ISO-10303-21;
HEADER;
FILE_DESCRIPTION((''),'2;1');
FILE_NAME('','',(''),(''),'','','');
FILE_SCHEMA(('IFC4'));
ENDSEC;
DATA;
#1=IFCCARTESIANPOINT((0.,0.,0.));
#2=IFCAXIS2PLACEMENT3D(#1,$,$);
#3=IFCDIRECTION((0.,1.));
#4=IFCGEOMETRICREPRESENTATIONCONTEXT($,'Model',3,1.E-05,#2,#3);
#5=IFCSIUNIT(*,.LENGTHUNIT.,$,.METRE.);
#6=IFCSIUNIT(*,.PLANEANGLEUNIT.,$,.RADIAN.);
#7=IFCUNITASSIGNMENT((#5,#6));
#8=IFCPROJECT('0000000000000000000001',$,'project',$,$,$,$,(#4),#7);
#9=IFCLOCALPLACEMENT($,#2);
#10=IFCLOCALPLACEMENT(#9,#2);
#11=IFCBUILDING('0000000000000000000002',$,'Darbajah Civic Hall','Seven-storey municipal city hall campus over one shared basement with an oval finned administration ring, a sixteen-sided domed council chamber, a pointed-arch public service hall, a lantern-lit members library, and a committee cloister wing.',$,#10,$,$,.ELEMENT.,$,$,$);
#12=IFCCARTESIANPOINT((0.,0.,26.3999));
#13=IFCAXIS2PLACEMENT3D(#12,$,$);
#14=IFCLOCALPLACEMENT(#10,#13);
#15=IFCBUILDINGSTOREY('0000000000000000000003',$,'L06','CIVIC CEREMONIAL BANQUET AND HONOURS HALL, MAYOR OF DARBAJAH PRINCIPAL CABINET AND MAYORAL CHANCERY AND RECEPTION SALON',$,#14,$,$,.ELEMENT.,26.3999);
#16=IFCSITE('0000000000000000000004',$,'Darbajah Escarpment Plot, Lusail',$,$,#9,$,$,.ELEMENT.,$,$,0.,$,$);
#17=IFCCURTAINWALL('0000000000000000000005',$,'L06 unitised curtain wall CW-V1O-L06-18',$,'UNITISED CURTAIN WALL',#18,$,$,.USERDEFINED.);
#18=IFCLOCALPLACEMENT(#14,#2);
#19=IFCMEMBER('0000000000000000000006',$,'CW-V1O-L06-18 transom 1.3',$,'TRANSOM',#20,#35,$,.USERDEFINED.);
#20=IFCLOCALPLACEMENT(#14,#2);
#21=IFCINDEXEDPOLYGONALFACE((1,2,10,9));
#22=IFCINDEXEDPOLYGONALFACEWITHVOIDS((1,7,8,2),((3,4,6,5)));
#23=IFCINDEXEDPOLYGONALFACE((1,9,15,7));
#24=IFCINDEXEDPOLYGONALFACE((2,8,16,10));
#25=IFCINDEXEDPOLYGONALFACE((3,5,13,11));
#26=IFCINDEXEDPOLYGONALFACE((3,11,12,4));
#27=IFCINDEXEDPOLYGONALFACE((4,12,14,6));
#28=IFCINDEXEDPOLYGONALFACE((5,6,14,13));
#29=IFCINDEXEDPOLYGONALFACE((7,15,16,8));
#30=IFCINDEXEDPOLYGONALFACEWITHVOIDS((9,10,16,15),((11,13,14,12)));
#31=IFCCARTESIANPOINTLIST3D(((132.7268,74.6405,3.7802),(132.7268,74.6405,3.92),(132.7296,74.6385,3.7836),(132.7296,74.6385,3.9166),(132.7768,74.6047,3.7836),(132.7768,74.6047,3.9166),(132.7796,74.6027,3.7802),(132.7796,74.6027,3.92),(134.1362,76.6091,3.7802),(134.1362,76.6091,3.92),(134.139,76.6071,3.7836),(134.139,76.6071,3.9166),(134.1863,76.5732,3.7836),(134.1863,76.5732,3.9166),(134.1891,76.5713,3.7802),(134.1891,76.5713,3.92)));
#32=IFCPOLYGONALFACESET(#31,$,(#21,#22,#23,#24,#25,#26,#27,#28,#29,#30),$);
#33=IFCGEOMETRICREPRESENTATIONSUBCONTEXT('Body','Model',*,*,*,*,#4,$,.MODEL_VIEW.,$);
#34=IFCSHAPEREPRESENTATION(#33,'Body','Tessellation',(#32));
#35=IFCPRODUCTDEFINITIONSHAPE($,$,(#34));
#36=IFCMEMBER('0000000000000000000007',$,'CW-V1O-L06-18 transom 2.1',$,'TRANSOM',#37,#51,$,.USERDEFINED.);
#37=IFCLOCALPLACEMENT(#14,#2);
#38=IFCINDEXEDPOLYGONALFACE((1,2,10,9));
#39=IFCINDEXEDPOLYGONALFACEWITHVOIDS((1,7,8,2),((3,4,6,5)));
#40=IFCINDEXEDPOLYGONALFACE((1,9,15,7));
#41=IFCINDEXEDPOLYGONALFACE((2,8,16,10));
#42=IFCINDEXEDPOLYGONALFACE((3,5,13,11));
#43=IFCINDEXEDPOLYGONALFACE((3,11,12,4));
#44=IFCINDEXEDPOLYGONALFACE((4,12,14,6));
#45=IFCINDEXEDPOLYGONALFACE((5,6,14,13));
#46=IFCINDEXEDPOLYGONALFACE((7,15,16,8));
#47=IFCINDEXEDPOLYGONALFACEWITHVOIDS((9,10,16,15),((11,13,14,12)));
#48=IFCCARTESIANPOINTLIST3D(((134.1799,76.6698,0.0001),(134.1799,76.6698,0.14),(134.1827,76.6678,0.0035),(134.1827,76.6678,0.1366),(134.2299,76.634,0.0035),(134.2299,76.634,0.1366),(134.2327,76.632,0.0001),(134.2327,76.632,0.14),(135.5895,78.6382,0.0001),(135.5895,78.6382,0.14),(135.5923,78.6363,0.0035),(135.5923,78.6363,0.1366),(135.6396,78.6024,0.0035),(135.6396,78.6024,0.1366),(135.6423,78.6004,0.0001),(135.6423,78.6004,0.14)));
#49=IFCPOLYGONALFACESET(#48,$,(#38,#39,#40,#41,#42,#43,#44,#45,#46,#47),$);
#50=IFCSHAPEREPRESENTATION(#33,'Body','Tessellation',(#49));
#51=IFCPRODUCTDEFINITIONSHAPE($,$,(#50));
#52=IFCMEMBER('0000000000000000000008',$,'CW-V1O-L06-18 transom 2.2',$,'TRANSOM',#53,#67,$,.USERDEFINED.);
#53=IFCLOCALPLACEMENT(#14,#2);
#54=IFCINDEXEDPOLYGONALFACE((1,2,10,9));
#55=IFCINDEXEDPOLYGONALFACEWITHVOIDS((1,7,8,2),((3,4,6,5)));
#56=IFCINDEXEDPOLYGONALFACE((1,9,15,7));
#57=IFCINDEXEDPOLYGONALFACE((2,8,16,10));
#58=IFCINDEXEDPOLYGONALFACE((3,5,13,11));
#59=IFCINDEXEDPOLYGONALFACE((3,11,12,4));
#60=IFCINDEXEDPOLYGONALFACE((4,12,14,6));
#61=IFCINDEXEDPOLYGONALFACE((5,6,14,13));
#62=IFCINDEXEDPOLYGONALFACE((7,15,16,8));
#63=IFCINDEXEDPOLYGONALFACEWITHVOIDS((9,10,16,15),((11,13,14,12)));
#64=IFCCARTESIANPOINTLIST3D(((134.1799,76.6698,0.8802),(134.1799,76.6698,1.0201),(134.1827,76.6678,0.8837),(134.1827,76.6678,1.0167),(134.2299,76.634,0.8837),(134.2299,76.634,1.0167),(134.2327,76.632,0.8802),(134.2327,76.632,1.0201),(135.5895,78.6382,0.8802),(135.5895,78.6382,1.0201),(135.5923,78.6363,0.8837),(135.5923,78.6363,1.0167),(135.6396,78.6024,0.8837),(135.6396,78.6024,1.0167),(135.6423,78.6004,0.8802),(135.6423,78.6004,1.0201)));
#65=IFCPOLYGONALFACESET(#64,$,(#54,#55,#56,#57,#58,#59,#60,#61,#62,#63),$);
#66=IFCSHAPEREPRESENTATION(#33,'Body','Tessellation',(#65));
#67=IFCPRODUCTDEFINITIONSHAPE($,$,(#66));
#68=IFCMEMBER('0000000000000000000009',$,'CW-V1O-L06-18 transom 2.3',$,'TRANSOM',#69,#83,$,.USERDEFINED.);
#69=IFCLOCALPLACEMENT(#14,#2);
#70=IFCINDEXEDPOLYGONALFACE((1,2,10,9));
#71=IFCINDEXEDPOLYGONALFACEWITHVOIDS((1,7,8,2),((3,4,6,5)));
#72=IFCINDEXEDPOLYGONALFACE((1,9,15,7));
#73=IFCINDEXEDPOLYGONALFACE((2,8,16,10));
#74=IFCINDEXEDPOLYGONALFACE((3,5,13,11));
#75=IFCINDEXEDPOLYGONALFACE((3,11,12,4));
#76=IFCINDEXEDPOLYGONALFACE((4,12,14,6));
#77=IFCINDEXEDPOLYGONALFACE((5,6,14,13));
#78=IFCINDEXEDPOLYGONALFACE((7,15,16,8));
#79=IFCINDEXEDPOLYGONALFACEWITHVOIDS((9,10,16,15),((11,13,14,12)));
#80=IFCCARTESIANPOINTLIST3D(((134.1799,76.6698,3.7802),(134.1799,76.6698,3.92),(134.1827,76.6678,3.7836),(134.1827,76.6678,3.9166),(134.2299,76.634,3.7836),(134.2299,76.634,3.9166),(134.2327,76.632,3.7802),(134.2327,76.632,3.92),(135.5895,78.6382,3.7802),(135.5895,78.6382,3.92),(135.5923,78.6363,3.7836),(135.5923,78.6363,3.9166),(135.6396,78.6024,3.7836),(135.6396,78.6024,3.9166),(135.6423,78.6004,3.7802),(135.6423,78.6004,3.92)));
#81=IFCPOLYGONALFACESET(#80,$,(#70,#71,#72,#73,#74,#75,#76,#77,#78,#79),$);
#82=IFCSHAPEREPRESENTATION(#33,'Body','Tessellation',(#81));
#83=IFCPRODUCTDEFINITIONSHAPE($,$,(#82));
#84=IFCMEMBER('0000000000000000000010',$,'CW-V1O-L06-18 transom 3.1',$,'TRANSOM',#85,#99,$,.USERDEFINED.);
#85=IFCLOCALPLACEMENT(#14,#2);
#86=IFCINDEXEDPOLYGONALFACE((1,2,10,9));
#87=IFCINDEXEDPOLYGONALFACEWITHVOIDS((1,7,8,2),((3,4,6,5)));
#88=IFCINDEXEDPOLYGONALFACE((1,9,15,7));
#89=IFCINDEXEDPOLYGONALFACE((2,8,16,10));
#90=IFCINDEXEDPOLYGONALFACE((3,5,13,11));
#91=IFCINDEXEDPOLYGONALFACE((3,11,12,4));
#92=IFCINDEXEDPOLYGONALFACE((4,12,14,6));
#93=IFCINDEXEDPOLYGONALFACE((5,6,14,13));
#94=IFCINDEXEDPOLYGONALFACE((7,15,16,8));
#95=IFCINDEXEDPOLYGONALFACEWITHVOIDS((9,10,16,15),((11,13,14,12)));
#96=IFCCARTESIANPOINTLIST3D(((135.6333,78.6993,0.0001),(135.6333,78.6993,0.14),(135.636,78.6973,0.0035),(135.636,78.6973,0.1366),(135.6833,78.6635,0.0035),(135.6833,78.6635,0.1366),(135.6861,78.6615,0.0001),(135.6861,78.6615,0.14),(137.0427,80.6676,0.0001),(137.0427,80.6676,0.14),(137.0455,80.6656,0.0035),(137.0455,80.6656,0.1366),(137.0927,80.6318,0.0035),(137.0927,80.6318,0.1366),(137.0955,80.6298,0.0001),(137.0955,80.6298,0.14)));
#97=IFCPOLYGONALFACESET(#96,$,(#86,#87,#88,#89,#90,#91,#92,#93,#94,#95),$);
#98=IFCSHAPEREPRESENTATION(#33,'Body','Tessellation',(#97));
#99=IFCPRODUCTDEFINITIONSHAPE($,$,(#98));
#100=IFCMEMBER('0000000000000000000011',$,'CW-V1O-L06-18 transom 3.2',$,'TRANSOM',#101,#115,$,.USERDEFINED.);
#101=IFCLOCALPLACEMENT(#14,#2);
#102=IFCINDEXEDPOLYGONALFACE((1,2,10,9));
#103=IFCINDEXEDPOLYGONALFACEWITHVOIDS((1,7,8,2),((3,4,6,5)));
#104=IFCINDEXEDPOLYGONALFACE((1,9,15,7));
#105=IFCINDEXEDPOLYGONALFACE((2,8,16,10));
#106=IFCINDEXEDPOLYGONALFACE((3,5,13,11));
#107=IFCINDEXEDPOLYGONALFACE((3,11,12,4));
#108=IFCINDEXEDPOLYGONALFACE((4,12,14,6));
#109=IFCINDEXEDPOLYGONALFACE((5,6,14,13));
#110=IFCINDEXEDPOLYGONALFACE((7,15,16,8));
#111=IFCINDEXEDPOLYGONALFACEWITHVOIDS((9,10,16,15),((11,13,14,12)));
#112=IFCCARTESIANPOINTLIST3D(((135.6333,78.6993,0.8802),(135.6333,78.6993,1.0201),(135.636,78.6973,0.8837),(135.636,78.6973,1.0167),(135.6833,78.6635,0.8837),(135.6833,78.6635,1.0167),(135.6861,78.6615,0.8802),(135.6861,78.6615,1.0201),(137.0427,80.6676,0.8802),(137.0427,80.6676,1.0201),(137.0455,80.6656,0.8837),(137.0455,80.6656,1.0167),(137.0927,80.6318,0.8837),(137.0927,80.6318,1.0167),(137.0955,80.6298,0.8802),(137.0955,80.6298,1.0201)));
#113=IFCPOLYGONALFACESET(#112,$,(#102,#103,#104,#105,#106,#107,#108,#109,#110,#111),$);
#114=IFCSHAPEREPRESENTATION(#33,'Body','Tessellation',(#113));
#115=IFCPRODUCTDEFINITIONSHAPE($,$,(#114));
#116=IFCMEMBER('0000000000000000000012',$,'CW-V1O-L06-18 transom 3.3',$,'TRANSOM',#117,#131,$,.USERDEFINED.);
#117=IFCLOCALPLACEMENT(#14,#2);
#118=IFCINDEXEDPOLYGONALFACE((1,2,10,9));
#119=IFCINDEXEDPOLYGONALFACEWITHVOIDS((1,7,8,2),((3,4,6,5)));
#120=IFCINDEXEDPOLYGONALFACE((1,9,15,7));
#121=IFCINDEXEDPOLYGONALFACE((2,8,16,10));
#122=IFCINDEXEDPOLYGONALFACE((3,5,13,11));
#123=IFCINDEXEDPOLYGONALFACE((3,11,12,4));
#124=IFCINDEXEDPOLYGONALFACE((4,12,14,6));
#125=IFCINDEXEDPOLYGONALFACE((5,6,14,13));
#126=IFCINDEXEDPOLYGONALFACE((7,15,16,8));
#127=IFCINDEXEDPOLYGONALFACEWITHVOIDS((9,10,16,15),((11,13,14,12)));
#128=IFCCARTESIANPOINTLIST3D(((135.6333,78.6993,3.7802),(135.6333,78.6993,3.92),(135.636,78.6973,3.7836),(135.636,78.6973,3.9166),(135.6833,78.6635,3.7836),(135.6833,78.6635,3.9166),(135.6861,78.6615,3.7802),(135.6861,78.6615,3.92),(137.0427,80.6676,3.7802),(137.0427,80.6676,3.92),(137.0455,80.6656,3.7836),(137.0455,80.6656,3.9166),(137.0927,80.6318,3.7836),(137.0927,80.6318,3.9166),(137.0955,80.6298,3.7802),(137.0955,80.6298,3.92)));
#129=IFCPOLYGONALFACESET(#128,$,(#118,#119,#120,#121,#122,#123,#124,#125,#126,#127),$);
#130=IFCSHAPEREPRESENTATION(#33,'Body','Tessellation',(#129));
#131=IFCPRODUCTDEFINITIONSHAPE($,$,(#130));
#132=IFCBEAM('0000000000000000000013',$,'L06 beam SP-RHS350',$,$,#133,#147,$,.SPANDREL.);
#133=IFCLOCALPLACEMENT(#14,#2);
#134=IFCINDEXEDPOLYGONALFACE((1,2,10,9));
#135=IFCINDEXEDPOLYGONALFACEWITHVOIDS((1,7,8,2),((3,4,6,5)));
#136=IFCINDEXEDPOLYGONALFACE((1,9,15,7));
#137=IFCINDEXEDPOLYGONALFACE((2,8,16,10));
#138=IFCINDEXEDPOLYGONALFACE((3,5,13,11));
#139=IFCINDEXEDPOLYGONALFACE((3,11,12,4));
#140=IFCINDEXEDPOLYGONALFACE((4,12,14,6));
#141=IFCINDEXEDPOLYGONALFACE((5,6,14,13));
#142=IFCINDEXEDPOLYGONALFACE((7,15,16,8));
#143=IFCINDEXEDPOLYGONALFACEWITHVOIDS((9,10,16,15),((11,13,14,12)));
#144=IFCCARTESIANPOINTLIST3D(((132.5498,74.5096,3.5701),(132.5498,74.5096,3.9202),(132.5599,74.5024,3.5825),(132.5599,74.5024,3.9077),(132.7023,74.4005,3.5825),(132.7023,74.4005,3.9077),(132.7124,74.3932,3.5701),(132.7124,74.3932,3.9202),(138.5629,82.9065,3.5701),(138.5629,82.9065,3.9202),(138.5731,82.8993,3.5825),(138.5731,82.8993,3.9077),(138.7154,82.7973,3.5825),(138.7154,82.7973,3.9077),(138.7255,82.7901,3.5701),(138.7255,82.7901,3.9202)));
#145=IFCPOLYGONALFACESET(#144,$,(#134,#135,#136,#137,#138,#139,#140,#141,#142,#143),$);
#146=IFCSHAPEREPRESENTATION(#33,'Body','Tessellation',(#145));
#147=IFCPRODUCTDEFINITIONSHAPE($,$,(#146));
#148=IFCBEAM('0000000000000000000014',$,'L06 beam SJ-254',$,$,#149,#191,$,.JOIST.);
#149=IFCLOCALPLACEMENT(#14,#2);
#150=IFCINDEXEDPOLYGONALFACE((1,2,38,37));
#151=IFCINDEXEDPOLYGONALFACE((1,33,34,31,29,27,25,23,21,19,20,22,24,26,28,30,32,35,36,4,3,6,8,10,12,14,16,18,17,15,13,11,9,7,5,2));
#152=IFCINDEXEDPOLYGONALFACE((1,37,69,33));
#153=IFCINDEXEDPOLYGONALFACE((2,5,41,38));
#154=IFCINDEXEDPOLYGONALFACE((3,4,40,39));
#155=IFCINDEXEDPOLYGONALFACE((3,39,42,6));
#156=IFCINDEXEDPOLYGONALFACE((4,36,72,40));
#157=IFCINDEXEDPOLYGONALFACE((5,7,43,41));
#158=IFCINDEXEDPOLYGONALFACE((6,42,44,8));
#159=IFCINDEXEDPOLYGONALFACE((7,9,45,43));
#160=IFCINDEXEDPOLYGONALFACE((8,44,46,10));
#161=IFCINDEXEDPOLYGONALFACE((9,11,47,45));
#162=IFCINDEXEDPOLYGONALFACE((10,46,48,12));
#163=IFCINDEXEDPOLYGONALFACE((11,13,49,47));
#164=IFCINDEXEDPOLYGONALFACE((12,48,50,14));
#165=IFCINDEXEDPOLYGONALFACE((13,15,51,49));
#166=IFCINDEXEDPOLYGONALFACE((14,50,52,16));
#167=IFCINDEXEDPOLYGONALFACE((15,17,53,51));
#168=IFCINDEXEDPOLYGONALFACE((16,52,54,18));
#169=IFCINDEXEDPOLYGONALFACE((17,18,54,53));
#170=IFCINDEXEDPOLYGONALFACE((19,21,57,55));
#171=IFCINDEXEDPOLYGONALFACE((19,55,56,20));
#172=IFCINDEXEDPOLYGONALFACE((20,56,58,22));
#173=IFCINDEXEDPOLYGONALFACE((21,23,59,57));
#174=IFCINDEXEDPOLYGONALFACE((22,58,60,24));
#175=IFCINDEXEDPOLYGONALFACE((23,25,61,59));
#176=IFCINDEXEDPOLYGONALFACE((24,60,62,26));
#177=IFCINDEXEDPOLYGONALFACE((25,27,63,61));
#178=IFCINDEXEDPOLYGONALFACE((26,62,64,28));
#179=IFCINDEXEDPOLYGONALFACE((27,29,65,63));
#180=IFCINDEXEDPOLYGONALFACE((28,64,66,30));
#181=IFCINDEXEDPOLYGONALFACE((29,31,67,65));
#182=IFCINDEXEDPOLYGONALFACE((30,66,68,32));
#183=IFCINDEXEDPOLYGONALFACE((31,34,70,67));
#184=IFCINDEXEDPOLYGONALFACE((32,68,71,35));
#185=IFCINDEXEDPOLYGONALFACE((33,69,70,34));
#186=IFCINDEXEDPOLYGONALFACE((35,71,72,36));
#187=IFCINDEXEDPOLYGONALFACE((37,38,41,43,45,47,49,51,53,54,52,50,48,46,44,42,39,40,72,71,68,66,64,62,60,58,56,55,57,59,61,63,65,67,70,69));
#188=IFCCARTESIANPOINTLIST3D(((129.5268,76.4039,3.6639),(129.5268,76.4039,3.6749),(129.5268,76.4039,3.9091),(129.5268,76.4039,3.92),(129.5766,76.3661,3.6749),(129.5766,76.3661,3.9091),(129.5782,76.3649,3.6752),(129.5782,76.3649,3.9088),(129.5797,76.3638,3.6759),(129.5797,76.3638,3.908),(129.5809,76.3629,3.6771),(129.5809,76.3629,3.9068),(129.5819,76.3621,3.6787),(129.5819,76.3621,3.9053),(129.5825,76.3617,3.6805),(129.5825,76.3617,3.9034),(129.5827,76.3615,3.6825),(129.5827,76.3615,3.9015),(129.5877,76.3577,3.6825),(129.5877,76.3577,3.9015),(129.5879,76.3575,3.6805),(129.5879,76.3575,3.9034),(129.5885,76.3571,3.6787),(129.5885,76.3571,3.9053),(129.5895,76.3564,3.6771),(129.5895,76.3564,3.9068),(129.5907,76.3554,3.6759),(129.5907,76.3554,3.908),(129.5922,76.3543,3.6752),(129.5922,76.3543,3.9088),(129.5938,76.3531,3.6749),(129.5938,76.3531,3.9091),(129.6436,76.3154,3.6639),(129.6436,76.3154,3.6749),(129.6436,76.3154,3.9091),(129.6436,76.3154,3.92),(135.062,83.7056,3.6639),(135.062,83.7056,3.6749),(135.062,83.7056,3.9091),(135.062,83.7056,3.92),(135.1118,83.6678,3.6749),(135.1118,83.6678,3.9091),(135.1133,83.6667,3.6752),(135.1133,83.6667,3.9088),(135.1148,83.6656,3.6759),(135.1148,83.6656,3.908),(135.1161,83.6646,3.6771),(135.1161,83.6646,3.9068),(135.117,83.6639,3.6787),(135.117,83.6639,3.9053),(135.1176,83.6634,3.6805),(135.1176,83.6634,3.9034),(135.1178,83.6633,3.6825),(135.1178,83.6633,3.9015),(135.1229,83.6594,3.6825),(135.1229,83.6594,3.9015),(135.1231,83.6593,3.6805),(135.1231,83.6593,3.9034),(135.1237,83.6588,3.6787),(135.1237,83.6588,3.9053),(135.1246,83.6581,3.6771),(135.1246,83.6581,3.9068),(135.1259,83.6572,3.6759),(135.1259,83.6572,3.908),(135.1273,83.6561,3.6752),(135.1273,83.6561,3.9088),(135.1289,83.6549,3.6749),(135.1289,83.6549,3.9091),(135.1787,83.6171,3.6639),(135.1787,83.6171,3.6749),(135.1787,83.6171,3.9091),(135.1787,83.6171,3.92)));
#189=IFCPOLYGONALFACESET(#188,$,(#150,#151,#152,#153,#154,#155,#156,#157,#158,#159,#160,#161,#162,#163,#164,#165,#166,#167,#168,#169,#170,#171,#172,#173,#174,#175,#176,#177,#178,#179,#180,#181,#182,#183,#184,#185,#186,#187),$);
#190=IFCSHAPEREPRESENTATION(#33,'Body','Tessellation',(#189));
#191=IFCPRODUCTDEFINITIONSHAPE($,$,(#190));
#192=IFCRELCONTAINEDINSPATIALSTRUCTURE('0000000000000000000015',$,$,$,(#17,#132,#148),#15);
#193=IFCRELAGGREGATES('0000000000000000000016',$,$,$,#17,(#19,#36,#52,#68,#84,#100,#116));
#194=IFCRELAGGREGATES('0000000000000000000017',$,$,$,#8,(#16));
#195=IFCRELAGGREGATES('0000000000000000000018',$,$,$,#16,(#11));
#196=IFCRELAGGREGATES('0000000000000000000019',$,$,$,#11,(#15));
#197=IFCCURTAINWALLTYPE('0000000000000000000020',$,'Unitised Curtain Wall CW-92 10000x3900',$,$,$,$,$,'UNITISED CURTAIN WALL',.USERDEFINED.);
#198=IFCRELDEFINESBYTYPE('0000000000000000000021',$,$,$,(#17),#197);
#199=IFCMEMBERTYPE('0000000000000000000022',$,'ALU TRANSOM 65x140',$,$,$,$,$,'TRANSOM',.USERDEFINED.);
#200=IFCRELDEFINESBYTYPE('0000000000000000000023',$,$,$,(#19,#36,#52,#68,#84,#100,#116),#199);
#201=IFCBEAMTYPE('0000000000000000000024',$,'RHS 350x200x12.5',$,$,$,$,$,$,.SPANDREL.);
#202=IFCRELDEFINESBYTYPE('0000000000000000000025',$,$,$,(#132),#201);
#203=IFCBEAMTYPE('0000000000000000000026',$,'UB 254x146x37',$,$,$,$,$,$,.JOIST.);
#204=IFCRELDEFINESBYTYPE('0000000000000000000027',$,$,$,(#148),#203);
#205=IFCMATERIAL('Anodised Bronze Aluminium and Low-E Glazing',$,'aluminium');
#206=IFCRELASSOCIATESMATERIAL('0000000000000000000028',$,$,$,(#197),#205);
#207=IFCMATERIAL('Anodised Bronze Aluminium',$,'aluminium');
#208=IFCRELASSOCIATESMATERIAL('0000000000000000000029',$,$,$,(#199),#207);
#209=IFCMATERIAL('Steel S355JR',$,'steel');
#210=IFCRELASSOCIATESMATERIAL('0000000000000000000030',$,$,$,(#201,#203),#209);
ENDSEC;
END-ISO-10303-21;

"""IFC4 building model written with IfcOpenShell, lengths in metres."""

from ifc_helpers import new_model, si_unit, direction, frame, origin, origin_2d, place, context, subcontext, project, spatial, hollow_rectangle, i_section, extrude, material, material_profile, profile_set, type_object, element, aggregate, save


model = new_model("IFC4")

# Units and contexts
model_context = context("Model", 3, precision=1e-05, world=origin(), true_north=direction((0.0, 1.0)))
body_context = subcontext(model_context, "Body", "Model", "MODEL_VIEW")
ifc_project = project(units=[si_unit("LENGTHUNIT", "METRE"), si_unit("PLANEANGLEUNIT", "RADIAN")], contexts=[model_context])

# Site, building, storey
site_placement = place(None, origin())
site = spatial("IfcSite", under=ifc_project, at=site_placement, Name="Darbajah Escarpment Plot, Lusail", CompositionType="ELEMENT", RefElevation=0.0)
building_placement = place(site_placement, origin())
building = spatial("IfcBuilding", under=site, at=building_placement, Name="Darbajah Civic Hall", Description="Seven-storey municipal city hall campus over one shared basement with an oval finned administration ring, a sixteen-sided domed council chamber, a pointed-arch public service hall, a lantern-lit members library, and a committee cloister wing.", CompositionType="ELEMENT")
storey_placement = place(building_placement, frame((0.0, 0.0, 26.3999)))
storey = spatial("IfcBuildingStorey", under=building, at=storey_placement, Name="L06", Description="CIVIC CEREMONIAL BANQUET AND HONOURS HALL, MAYOR OF DARBAJAH PRINCIPAL CABINET AND MAYORAL CHANCERY AND RECEPTION SALON", CompositionType="ELEMENT", Elevation=26.3999)

# Shared definitions
ifc_material_1 = material(Name="Anodised Bronze Aluminium and Low-E Glazing", Category="aluminium")
ifc_material_2 = material(Name="Anodised Bronze Aluminium", Category="aluminium")

# Curtain wall
curtain_wall_type_1 = type_object("IfcCurtainWallType", Name="Unitised Curtain Wall CW-92 10000x3900", ElementType="UNITISED CURTAIN WALL", PredefinedType="USERDEFINED", material=ifc_material_1)
curtain_wall_1_placement = place(storey_placement, origin())
curtain_wall_1 = element("IfcCurtainWall", 1, at=curtain_wall_1_placement, inside=storey, type_object=curtain_wall_type_1, Name="L06 unitised curtain wall CW-V1O-L06-18", ObjectType="UNITISED CURTAIN WALL", PredefinedType="USERDEFINED")

# Members
ifc_material_profile_1 = material_profile(ifc_material_2, hollow_rectangle(XDim=0.0649, YDim=0.1399, WallThickness=0.0034, at=origin_2d()), Name="ALU TRANSOM 65x140")
ifc_profile_set_1 = profile_set([ifc_material_profile_1], Name="Anodised Bronze Aluminium")
member_type_1 = type_object("IfcMemberType", Name="ALU TRANSOM 65x140", ElementType="TRANSOM", PredefinedType="USERDEFINED", material=ifc_profile_set_1)
member_1_placement = place(storey_placement, frame((132.7532, 74.6216, 3.8501), z_axis=(0.582154, 0.813079, 0.0), x_axis=(-0.813079, 0.582154, 0.0)))
member_1 = element("IfcMember", 2, at=member_1_placement, type_object=member_type_1, Name="CW-V1O-L06-18 transom 1.3", ObjectType="TRANSOM", PredefinedType="USERDEFINED", context=body_context, shape_type="SweptSolid", body=[
    extrude(hollow_rectangle(XDim=0.0649, YDim=0.1399, WallThickness=0.0034, at=origin_2d()), origin(), (0.0, 0.0, 1.0), 2.4211),
])
member_2_placement = place(storey_placement, frame((134.2063, 76.6509, 0.0701), z_axis=(0.58222, 0.813031, 0.0), x_axis=(-0.813031, 0.58222, 0.0)))
member_2 = element("IfcMember", 3, at=member_2_placement, type_object=member_type_1, Name="CW-V1O-L06-18 transom 2.1", ObjectType="TRANSOM", PredefinedType="USERDEFINED", context=body_context, shape_type="SweptSolid", body=[
    extrude(hollow_rectangle(XDim=0.0649, YDim=0.1399, WallThickness=0.0034, at=origin_2d()), origin(), (0.0, 0.0, 1.0), 2.4211),
])
member_3_placement = place(storey_placement, frame((134.2063, 76.6509, 0.9502), z_axis=(0.58222, 0.813031, 0.0), x_axis=(-0.813031, 0.58222, 0.0)))
member_3 = element("IfcMember", 4, at=member_3_placement, type_object=member_type_1, Name="CW-V1O-L06-18 transom 2.2", ObjectType="TRANSOM", PredefinedType="USERDEFINED", context=body_context, shape_type="SweptSolid", body=[
    extrude(hollow_rectangle(XDim=0.0649, YDim=0.1399, WallThickness=0.0034, at=origin_2d()), origin(), (0.0, 0.0, 1.0), 2.4211),
])
member_4_placement = place(storey_placement, frame((134.2063, 76.6509, 3.8501), z_axis=(0.58222, 0.813031, 0.0), x_axis=(-0.813031, 0.58222, 0.0)))
member_4 = element("IfcMember", 5, at=member_4_placement, type_object=member_type_1, Name="CW-V1O-L06-18 transom 2.3", ObjectType="TRANSOM", PredefinedType="USERDEFINED", context=body_context, shape_type="SweptSolid", body=[
    extrude(hollow_rectangle(XDim=0.0649, YDim=0.1399, WallThickness=0.0034, at=origin_2d()), origin(), (0.0, 0.0, 1.0), 2.4211),
])
member_5_placement = place(storey_placement, frame((135.6597, 78.6804, 0.0701), z_axis=(0.582201, 0.813045, 0.0), x_axis=(-0.813045, 0.582201, 0.0)))
member_5 = element("IfcMember", 6, at=member_5_placement, type_object=member_type_1, Name="CW-V1O-L06-18 transom 3.1", ObjectType="TRANSOM", PredefinedType="USERDEFINED", context=body_context, shape_type="SweptSolid", body=[
    extrude(hollow_rectangle(XDim=0.0649, YDim=0.1399, WallThickness=0.0034, at=origin_2d()), origin(), (0.0, 0.0, 1.0), 2.4209),
])
member_6_placement = place(storey_placement, frame((135.6597, 78.6804, 0.9502), z_axis=(0.582201, 0.813045, 0.0), x_axis=(-0.813045, 0.582201, 0.0)))
member_6 = element("IfcMember", 7, at=member_6_placement, type_object=member_type_1, Name="CW-V1O-L06-18 transom 3.2", ObjectType="TRANSOM", PredefinedType="USERDEFINED", context=body_context, shape_type="SweptSolid", body=[
    extrude(hollow_rectangle(XDim=0.0649, YDim=0.1399, WallThickness=0.0034, at=origin_2d()), origin(), (0.0, 0.0, 1.0), 2.4209),
])
member_7_placement = place(storey_placement, frame((135.6597, 78.6804, 3.8501), z_axis=(0.582201, 0.813045, 0.0), x_axis=(-0.813045, 0.582201, 0.0)))
member_7 = element("IfcMember", 8, at=member_7_placement, type_object=member_type_1, Name="CW-V1O-L06-18 transom 3.3", ObjectType="TRANSOM", PredefinedType="USERDEFINED", context=body_context, shape_type="SweptSolid", body=[
    extrude(hollow_rectangle(XDim=0.0649, YDim=0.1399, WallThickness=0.0034, at=origin_2d()), origin(), (0.0, 0.0, 1.0), 2.4209),
])

# Beams
ifc_material_3 = material(Name="Steel S355JR", Category="steel")
ifc_material_profile_2 = material_profile(ifc_material_3, hollow_rectangle(XDim=0.2, YDim=0.3501, WallThickness=0.0125, at=origin_2d()), Name="RHS 350x200x12.5")
ifc_profile_set_2 = profile_set([ifc_material_profile_2], Name="Steel S355JR")
beam_type_1 = type_object("IfcBeamType", Name="RHS 350x200x12.5", PredefinedType="SPANDREL", material=ifc_profile_set_2)
beam_1_placement = place(storey_placement, frame((132.6311, 74.4514, 3.7451), z_axis=(0.582222, 0.81303, 0.0), x_axis=(-0.81303, 0.582222, 0.0)))
element("IfcBeam", 9, at=beam_1_placement, inside=storey, type_object=beam_type_1, Name="L06 beam SP-RHS350", PredefinedType="SPANDREL", context=body_context, shape_type="SweptSolid", body=[
    extrude(hollow_rectangle(XDim=0.2, YDim=0.3501, WallThickness=0.0125, at=origin_2d()), origin(), (0.0, 0.0, 1.0), 10.3279),
])
ifc_material_profile_3 = material_profile(ifc_material_3, i_section(OverallWidth=0.1465, OverallDepth=0.2561, WebThickness=0.0063, FlangeThickness=0.011, FilletRadius=0.0076, at=origin_2d()), Name="UB 254x146x37")
ifc_profile_set_3 = profile_set([ifc_material_profile_3], Name="Steel S355JR")
beam_type_2 = type_object("IfcBeamType", Name="UB 254x146x37", PredefinedType="JOIST", material=ifc_profile_set_3)
beam_2_placement = place(storey_placement, frame((129.5852, 76.3596, 3.792), z_axis=(0.604102, 0.796907, 0.0), x_axis=(-0.796907, 0.604102, 0.0)))
element("IfcBeam", 10, at=beam_2_placement, inside=storey, type_object=beam_type_2, Name="L06 beam SJ-254", PredefinedType="JOIST", context=body_context, shape_type="SweptSolid", body=[
    extrude(i_section(OverallWidth=0.1465, OverallDepth=0.2561, WebThickness=0.0063, FlangeThickness=0.011, FilletRadius=0.0076, at=origin_2d()), origin(), (0.0, 0.0, 1.0), 9.1626),
])

aggregate(curtain_wall_1, [member_1, member_2, member_3, member_4, member_5, member_6, member_7])

save(model, "model.ifc")
